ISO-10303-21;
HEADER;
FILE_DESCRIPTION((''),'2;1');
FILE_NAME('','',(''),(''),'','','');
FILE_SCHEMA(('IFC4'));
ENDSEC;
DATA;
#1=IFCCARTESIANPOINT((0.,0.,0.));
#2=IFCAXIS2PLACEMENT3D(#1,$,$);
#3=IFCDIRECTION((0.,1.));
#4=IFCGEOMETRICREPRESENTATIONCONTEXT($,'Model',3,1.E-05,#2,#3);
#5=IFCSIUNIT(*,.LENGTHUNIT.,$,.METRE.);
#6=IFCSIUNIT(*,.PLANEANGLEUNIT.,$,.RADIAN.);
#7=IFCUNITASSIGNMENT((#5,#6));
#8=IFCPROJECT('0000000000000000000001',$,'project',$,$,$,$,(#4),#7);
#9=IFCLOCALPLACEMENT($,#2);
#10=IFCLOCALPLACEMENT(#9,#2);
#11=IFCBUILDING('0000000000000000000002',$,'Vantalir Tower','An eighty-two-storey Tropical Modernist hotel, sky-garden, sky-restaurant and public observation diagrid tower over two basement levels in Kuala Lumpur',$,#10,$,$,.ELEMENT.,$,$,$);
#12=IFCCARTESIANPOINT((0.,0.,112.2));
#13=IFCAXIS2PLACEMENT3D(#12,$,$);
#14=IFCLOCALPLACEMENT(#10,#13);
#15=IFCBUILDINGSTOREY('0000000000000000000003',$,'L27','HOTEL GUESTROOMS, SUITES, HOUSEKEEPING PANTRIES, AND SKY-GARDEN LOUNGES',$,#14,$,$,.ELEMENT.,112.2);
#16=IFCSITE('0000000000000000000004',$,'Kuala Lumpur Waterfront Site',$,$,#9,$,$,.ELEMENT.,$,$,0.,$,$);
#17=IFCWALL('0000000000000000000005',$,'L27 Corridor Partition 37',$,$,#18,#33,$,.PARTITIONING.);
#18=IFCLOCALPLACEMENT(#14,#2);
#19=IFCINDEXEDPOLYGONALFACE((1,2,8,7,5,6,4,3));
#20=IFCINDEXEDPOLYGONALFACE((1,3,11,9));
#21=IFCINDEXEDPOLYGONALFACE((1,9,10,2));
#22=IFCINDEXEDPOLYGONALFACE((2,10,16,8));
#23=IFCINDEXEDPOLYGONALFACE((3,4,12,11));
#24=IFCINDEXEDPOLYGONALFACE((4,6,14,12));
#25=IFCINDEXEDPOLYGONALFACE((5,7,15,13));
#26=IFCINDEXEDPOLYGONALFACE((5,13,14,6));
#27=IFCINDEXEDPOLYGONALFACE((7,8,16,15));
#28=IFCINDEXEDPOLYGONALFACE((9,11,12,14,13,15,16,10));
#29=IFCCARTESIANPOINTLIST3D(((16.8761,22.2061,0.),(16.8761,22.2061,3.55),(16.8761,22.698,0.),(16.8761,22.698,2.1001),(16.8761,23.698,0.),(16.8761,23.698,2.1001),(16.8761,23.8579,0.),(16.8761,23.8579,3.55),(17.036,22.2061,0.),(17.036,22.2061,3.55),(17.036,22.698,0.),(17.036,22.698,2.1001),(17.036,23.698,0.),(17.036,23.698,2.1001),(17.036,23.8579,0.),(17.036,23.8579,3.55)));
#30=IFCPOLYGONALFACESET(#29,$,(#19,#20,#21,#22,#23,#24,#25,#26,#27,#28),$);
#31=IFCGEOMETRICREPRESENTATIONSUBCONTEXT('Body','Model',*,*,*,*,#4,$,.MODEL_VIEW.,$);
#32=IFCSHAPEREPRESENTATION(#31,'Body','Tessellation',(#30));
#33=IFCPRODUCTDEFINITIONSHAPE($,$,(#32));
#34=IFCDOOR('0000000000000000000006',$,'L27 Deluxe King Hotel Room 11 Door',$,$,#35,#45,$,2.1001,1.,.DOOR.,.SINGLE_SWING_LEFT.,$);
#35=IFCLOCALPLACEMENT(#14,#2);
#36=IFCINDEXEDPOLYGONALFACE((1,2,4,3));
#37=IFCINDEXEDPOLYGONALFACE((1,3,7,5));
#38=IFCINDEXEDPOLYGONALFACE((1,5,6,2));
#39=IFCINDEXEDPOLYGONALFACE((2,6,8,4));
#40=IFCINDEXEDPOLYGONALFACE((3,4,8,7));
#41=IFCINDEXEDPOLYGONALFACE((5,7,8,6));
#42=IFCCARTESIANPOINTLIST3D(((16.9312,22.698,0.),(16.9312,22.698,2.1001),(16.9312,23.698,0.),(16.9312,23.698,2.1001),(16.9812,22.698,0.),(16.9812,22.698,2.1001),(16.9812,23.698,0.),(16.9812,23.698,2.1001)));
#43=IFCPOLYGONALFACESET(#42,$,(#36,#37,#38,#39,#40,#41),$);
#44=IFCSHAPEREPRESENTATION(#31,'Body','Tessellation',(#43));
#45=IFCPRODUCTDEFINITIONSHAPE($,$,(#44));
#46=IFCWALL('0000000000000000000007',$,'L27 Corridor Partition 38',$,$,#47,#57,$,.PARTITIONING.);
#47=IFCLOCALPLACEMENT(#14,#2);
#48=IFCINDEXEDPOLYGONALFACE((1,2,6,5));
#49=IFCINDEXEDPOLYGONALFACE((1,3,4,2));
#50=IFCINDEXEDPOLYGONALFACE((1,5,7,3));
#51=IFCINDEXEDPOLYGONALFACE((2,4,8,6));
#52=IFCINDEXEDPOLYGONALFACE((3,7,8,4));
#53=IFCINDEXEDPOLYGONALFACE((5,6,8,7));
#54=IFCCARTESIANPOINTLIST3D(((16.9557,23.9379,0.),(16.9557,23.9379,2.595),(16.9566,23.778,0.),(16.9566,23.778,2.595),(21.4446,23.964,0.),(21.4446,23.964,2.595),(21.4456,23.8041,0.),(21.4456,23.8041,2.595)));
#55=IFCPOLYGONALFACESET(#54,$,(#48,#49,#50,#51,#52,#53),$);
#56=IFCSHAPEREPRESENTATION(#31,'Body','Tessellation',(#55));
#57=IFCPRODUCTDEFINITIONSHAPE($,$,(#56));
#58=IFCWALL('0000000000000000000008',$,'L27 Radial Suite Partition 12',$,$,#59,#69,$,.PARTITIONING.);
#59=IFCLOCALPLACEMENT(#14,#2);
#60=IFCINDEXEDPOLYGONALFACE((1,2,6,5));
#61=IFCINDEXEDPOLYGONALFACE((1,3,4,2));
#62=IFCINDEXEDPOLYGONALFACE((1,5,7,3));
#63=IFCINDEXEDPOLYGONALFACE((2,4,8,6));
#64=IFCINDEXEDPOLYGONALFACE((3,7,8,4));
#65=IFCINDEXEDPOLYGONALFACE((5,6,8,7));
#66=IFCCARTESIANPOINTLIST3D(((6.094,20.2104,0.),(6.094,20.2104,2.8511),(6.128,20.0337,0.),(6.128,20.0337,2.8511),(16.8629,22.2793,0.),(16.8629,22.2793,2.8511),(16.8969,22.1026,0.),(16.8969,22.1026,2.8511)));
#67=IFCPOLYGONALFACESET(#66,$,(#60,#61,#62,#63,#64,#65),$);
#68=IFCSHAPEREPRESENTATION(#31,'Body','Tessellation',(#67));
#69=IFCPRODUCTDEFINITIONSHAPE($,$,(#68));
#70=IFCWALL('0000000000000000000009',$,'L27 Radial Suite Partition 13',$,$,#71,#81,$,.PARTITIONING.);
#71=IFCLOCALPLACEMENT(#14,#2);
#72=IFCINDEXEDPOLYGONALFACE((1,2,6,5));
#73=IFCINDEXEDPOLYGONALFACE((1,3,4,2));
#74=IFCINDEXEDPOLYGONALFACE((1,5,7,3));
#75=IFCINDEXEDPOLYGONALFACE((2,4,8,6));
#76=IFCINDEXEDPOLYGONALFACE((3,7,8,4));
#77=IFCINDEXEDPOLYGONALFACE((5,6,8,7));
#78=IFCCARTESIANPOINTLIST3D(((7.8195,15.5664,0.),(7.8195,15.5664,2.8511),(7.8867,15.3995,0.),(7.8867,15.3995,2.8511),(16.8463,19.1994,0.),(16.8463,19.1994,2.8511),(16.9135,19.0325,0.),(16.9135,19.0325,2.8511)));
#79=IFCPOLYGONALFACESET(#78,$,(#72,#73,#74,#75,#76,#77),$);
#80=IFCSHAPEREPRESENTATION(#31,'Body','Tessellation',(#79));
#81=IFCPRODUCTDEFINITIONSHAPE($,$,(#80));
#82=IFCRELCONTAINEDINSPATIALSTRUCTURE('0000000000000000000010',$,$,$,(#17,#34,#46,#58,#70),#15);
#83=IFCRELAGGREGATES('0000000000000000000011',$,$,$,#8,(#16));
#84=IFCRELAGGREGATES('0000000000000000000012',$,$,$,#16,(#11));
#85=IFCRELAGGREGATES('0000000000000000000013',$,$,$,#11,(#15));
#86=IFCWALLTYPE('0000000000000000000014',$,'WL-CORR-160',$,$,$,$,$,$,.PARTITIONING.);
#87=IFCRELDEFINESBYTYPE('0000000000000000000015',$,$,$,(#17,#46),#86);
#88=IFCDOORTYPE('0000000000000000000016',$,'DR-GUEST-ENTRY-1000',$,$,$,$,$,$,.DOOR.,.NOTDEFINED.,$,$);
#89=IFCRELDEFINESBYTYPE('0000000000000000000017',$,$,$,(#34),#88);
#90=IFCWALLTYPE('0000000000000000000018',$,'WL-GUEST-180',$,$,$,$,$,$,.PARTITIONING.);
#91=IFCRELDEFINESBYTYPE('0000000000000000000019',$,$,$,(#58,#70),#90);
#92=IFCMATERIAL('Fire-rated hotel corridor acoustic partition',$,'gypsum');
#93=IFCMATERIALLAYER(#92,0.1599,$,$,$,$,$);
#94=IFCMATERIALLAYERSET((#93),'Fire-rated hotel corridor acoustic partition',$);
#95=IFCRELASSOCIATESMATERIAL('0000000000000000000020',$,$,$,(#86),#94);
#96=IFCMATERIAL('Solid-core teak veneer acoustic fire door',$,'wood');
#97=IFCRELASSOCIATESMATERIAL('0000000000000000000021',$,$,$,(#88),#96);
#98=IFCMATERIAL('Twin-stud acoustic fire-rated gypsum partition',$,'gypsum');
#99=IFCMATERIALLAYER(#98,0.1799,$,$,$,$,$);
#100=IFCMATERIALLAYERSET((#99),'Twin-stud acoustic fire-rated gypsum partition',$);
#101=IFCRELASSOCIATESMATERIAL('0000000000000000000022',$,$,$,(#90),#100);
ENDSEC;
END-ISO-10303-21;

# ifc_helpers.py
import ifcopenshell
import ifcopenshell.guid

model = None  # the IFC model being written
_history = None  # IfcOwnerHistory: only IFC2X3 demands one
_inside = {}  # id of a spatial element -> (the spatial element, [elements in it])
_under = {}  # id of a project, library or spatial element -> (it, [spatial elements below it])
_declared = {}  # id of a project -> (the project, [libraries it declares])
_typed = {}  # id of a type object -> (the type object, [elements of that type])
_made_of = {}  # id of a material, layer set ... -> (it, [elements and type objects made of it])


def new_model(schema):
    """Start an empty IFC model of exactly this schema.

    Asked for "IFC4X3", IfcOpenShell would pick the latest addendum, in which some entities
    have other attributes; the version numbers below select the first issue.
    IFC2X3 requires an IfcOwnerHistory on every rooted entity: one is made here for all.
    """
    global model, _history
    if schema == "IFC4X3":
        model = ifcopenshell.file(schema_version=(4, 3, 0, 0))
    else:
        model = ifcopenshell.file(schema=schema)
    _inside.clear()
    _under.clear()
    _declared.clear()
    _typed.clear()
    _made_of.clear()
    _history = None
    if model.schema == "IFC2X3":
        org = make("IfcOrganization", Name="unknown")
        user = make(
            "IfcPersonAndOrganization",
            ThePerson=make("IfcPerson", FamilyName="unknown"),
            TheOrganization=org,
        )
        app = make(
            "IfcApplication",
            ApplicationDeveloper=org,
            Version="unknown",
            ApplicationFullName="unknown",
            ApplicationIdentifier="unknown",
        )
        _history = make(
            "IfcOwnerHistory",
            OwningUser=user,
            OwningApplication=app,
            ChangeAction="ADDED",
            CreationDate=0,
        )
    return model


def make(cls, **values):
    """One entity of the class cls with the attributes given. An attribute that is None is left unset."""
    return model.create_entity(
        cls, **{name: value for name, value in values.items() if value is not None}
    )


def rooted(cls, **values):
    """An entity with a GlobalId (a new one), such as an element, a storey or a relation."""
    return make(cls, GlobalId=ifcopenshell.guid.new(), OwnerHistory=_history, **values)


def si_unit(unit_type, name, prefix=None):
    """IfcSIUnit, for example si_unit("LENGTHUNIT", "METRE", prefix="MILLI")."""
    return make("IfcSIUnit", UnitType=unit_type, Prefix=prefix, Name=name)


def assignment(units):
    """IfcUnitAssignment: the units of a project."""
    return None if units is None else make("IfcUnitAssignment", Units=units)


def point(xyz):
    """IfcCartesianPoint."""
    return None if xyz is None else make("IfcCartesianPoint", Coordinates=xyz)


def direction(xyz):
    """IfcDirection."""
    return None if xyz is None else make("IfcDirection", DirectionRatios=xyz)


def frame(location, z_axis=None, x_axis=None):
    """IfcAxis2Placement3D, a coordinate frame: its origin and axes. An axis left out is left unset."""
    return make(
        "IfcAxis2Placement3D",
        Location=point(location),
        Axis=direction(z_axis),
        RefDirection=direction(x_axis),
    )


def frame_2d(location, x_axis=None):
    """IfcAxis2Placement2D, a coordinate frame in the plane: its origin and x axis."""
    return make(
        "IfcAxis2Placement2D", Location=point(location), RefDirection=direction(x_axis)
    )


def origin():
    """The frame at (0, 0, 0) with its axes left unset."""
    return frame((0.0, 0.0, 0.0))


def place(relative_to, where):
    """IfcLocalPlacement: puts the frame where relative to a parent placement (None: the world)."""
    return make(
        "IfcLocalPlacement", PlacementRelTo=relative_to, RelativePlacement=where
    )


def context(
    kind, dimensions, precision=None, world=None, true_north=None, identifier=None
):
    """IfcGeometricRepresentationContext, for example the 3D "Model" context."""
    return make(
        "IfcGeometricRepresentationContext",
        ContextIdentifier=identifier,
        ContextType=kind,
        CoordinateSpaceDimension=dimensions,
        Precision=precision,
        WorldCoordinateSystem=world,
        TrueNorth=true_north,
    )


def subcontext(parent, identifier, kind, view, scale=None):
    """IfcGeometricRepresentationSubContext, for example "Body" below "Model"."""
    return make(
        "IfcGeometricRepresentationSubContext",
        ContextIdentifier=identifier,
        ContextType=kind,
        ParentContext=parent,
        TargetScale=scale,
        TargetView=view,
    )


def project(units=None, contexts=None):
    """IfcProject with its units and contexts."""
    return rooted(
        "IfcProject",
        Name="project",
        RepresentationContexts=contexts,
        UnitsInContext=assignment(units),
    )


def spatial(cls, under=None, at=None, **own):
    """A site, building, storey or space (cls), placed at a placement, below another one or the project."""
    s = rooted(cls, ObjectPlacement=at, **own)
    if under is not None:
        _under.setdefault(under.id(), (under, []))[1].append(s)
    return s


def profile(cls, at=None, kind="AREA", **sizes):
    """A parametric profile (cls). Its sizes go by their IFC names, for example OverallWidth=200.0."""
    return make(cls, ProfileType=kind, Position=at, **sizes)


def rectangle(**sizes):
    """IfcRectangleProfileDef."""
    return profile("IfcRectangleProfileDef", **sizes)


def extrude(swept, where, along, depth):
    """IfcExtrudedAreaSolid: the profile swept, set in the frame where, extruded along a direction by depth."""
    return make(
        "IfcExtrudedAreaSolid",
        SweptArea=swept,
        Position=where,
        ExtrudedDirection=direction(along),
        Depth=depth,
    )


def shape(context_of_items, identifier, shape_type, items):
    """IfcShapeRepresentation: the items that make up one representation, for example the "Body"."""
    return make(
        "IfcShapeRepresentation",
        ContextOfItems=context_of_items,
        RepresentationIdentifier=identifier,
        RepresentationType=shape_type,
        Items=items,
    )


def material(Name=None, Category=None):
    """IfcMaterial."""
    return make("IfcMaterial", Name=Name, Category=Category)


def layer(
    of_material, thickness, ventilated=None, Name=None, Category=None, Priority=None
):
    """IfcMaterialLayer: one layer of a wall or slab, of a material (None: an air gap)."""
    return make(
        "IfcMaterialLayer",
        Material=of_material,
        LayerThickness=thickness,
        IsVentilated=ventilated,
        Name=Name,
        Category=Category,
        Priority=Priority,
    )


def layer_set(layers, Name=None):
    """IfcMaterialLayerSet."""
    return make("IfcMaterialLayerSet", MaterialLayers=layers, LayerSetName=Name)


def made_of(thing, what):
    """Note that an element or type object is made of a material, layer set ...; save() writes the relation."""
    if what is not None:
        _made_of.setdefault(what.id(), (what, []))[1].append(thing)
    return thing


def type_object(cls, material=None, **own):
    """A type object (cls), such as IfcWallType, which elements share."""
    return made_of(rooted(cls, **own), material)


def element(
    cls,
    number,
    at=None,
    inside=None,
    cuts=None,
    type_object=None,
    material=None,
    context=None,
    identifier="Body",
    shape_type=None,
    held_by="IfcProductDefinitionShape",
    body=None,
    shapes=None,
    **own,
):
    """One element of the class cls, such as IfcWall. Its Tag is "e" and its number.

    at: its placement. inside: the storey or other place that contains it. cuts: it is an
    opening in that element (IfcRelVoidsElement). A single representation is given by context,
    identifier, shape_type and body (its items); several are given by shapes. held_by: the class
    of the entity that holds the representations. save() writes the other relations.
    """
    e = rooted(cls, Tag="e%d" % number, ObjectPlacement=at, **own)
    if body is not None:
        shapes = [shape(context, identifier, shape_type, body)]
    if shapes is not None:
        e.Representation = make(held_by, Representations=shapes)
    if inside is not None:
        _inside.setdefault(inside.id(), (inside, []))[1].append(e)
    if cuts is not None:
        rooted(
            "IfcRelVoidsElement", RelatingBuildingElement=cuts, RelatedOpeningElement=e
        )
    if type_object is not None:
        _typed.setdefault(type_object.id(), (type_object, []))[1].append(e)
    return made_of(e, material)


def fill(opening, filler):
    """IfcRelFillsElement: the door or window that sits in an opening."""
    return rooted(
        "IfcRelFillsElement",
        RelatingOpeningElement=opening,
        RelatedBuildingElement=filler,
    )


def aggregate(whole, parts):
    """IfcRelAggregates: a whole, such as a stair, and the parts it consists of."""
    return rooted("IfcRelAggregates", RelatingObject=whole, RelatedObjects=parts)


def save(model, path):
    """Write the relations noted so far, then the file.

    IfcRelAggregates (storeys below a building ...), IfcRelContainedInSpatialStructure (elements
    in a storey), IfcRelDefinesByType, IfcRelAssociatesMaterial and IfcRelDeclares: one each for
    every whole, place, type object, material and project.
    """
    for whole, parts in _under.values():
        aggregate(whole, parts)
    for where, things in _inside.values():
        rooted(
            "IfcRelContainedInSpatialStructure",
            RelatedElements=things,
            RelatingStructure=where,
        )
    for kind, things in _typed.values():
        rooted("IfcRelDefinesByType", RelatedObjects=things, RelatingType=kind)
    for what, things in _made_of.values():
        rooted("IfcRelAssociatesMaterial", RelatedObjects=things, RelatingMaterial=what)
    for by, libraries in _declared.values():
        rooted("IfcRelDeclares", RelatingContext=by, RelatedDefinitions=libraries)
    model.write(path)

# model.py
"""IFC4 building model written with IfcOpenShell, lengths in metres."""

from ifc_helpers import new_model, si_unit, direction, frame, frame_2d, origin, place, context, subcontext, project, spatial, rectangle, extrude, material, layer, layer_set, type_object, element, fill, save


model = new_model("IFC4")

# Units and contexts
model_context = context("Model", 3, precision=1e-05, world=origin(), true_north=direction((0.0, 1.0)))
body_context = subcontext(model_context, "Body", "Model", "MODEL_VIEW")
ifc_project = project(units=[si_unit("LENGTHUNIT", "METRE"), si_unit("PLANEANGLEUNIT", "RADIAN")], contexts=[model_context])

# Site, building, storey
site_placement = place(None, origin())
site = spatial("IfcSite", under=ifc_project, at=site_placement, Name="Kuala Lumpur Waterfront Site", CompositionType="ELEMENT", RefElevation=0.0)
building_placement = place(site_placement, origin())
building = spatial("IfcBuilding", under=site, at=building_placement, Name="Vantalir Tower", Description="An eighty-two-storey Tropical Modernist hotel, sky-garden, sky-restaurant and public observation diagrid tower over two basement levels in Kuala Lumpur", CompositionType="ELEMENT")
storey_placement = place(building_placement, frame((0.0, 0.0, 112.2)))
storey = spatial("IfcBuildingStorey", under=building, at=storey_placement, Name="L27", Description="HOTEL GUESTROOMS, SUITES, HOUSEKEEPING PANTRIES, AND SKY-GARDEN LOUNGES", CompositionType="ELEMENT", Elevation=112.2)

# Shared definitions
ifc_material_1 = material(Name="Fire-rated hotel corridor acoustic partition", Category="gypsum")
ifc_layer_1 = layer(ifc_material_1, 0.1599)
ifc_layer_set_1 = layer_set([ifc_layer_1], Name="Fire-rated hotel corridor acoustic partition")
wall_type_1 = type_object("IfcWallType", Name="WL-CORR-160", PredefinedType="PARTITIONING", material=ifc_layer_set_1)

# Wall, opening, door
ifc_material_2 = material(Name="Solid-core teak veneer acoustic fire door", Category="wood")
door_type_1 = type_object("IfcDoorType", Name="DR-GUEST-ENTRY-1000", OperationType="NOTDEFINED", PredefinedType="DOOR", material=ifc_material_2)
wall_1_placement = place(storey_placement, frame((16.9561, 22.2061, 0.0), z_axis=(0.0, 0.0, 1.0), x_axis=(0.0, 1.0, 0.0)))
wall_1 = element("IfcWall", 1, at=wall_1_placement, inside=storey, type_object=wall_type_1, Name="L27 Corridor Partition 37", PredefinedType="PARTITIONING", context=body_context, shape_type="SweptSolid", body=[
    extrude(rectangle(XDim=1.6519, YDim=0.1599, at=frame_2d((0.8259, 0.0))), origin(), (0.0, 0.0, 1.0), 3.55),
])
opening_1_placement = place(wall_1_placement, frame((0.4919, 0.0, 0.0)))
opening_1 = element("IfcOpeningElement", 2, at=opening_1_placement, cuts=wall_1, PredefinedType="OPENING", context=body_context, shape_type="SweptSolid", body=[
    extrude(rectangle(XDim=1.0, YDim=2.1001, at=frame_2d((0.5, 1.05))), frame((0.0, 0.0898, 0.0), z_axis=(0.0, -1.0, 0.0), x_axis=(1.0, 0.0, 0.0)), (0.0, 0.0, 1.0), 0.1799),
])
door_1_placement = place(opening_1_placement, origin())
door_1 = element("IfcDoor", 3, at=door_1_placement, inside=storey, type_object=door_type_1, Name="L27 Deluxe King Hotel Room 11 Door", OperationType="SINGLE_SWING_LEFT", OverallHeight=2.1001, OverallWidth=1.0, PredefinedType="DOOR", context=body_context, shape_type="SweptSolid", body=[
    extrude(rectangle(XDim=1.0, YDim=2.1001, at=frame_2d((0.5, 1.05))), frame((0.0, 0.0249, 0.0), z_axis=(0.0, -1.0, 0.0), x_axis=(1.0, 0.0, 0.0)), (0.0, 0.0, 1.0), 0.05),
])
fill(opening_1, door_1)

# Walls
wall_2_placement = place(storey_placement, frame((16.9561, 23.8579, 0.0), z_axis=(0.0, 0.0, 1.0), x_axis=(0.999983, 0.005819, 0.0)))
element("IfcWall", 4, at=wall_2_placement, inside=storey, type_object=wall_type_1, Name="L27 Corridor Partition 38", PredefinedType="PARTITIONING", context=body_context, shape_type="SweptSolid", body=[
    extrude(rectangle(XDim=4.489, YDim=0.1599, at=frame_2d((2.2446, 0.0))), origin(), (0.0, 0.0, 1.0), 2.595),
])
ifc_material_3 = material(Name="Twin-stud acoustic fire-rated gypsum partition", Category="gypsum")
ifc_layer_2 = layer(ifc_material_3, 0.1799)
ifc_layer_set_2 = layer_set([ifc_layer_2], Name="Twin-stud acoustic fire-rated gypsum partition")
wall_type_2 = type_object("IfcWallType", Name="WL-GUEST-180", PredefinedType="PARTITIONING", material=ifc_layer_set_2)
wall_3_placement = place(storey_placement, frame((16.8799, 22.1909, 0.0), z_axis=(0.0, 0.0, 1.0), x_axis=(-0.982042, -0.188665, 0.0)))
element("IfcWall", 5, at=wall_3_placement, inside=storey, type_object=wall_type_2, Name="L27 Radial Suite Partition 12", PredefinedType="PARTITIONING", context=body_context, shape_type="SweptSolid", body=[
    extrude(rectangle(XDim=10.9658, YDim=0.1799, at=frame_2d((5.4829, 0.0))), origin(), (0.0, 0.0, 1.0), 2.8511),
])
wall_4_placement = place(storey_placement, frame((16.8799, 19.116, 0.0), z_axis=(0.0, 0.0, 1.0), x_axis=(-0.927684, -0.373367, 0.0)))
element("IfcWall", 6, at=wall_4_placement, inside=storey, type_object=wall_type_2, Name="L27 Radial Suite Partition 13", PredefinedType="PARTITIONING", context=body_context, shape_type="SweptSolid", body=[
    extrude(rectangle(XDim=9.7305, YDim=0.1799, at=frame_2d((4.8652, 0.0))), origin(), (0.0, 0.0, 1.0), 2.8511),
])

save(model, "model.ifc")
